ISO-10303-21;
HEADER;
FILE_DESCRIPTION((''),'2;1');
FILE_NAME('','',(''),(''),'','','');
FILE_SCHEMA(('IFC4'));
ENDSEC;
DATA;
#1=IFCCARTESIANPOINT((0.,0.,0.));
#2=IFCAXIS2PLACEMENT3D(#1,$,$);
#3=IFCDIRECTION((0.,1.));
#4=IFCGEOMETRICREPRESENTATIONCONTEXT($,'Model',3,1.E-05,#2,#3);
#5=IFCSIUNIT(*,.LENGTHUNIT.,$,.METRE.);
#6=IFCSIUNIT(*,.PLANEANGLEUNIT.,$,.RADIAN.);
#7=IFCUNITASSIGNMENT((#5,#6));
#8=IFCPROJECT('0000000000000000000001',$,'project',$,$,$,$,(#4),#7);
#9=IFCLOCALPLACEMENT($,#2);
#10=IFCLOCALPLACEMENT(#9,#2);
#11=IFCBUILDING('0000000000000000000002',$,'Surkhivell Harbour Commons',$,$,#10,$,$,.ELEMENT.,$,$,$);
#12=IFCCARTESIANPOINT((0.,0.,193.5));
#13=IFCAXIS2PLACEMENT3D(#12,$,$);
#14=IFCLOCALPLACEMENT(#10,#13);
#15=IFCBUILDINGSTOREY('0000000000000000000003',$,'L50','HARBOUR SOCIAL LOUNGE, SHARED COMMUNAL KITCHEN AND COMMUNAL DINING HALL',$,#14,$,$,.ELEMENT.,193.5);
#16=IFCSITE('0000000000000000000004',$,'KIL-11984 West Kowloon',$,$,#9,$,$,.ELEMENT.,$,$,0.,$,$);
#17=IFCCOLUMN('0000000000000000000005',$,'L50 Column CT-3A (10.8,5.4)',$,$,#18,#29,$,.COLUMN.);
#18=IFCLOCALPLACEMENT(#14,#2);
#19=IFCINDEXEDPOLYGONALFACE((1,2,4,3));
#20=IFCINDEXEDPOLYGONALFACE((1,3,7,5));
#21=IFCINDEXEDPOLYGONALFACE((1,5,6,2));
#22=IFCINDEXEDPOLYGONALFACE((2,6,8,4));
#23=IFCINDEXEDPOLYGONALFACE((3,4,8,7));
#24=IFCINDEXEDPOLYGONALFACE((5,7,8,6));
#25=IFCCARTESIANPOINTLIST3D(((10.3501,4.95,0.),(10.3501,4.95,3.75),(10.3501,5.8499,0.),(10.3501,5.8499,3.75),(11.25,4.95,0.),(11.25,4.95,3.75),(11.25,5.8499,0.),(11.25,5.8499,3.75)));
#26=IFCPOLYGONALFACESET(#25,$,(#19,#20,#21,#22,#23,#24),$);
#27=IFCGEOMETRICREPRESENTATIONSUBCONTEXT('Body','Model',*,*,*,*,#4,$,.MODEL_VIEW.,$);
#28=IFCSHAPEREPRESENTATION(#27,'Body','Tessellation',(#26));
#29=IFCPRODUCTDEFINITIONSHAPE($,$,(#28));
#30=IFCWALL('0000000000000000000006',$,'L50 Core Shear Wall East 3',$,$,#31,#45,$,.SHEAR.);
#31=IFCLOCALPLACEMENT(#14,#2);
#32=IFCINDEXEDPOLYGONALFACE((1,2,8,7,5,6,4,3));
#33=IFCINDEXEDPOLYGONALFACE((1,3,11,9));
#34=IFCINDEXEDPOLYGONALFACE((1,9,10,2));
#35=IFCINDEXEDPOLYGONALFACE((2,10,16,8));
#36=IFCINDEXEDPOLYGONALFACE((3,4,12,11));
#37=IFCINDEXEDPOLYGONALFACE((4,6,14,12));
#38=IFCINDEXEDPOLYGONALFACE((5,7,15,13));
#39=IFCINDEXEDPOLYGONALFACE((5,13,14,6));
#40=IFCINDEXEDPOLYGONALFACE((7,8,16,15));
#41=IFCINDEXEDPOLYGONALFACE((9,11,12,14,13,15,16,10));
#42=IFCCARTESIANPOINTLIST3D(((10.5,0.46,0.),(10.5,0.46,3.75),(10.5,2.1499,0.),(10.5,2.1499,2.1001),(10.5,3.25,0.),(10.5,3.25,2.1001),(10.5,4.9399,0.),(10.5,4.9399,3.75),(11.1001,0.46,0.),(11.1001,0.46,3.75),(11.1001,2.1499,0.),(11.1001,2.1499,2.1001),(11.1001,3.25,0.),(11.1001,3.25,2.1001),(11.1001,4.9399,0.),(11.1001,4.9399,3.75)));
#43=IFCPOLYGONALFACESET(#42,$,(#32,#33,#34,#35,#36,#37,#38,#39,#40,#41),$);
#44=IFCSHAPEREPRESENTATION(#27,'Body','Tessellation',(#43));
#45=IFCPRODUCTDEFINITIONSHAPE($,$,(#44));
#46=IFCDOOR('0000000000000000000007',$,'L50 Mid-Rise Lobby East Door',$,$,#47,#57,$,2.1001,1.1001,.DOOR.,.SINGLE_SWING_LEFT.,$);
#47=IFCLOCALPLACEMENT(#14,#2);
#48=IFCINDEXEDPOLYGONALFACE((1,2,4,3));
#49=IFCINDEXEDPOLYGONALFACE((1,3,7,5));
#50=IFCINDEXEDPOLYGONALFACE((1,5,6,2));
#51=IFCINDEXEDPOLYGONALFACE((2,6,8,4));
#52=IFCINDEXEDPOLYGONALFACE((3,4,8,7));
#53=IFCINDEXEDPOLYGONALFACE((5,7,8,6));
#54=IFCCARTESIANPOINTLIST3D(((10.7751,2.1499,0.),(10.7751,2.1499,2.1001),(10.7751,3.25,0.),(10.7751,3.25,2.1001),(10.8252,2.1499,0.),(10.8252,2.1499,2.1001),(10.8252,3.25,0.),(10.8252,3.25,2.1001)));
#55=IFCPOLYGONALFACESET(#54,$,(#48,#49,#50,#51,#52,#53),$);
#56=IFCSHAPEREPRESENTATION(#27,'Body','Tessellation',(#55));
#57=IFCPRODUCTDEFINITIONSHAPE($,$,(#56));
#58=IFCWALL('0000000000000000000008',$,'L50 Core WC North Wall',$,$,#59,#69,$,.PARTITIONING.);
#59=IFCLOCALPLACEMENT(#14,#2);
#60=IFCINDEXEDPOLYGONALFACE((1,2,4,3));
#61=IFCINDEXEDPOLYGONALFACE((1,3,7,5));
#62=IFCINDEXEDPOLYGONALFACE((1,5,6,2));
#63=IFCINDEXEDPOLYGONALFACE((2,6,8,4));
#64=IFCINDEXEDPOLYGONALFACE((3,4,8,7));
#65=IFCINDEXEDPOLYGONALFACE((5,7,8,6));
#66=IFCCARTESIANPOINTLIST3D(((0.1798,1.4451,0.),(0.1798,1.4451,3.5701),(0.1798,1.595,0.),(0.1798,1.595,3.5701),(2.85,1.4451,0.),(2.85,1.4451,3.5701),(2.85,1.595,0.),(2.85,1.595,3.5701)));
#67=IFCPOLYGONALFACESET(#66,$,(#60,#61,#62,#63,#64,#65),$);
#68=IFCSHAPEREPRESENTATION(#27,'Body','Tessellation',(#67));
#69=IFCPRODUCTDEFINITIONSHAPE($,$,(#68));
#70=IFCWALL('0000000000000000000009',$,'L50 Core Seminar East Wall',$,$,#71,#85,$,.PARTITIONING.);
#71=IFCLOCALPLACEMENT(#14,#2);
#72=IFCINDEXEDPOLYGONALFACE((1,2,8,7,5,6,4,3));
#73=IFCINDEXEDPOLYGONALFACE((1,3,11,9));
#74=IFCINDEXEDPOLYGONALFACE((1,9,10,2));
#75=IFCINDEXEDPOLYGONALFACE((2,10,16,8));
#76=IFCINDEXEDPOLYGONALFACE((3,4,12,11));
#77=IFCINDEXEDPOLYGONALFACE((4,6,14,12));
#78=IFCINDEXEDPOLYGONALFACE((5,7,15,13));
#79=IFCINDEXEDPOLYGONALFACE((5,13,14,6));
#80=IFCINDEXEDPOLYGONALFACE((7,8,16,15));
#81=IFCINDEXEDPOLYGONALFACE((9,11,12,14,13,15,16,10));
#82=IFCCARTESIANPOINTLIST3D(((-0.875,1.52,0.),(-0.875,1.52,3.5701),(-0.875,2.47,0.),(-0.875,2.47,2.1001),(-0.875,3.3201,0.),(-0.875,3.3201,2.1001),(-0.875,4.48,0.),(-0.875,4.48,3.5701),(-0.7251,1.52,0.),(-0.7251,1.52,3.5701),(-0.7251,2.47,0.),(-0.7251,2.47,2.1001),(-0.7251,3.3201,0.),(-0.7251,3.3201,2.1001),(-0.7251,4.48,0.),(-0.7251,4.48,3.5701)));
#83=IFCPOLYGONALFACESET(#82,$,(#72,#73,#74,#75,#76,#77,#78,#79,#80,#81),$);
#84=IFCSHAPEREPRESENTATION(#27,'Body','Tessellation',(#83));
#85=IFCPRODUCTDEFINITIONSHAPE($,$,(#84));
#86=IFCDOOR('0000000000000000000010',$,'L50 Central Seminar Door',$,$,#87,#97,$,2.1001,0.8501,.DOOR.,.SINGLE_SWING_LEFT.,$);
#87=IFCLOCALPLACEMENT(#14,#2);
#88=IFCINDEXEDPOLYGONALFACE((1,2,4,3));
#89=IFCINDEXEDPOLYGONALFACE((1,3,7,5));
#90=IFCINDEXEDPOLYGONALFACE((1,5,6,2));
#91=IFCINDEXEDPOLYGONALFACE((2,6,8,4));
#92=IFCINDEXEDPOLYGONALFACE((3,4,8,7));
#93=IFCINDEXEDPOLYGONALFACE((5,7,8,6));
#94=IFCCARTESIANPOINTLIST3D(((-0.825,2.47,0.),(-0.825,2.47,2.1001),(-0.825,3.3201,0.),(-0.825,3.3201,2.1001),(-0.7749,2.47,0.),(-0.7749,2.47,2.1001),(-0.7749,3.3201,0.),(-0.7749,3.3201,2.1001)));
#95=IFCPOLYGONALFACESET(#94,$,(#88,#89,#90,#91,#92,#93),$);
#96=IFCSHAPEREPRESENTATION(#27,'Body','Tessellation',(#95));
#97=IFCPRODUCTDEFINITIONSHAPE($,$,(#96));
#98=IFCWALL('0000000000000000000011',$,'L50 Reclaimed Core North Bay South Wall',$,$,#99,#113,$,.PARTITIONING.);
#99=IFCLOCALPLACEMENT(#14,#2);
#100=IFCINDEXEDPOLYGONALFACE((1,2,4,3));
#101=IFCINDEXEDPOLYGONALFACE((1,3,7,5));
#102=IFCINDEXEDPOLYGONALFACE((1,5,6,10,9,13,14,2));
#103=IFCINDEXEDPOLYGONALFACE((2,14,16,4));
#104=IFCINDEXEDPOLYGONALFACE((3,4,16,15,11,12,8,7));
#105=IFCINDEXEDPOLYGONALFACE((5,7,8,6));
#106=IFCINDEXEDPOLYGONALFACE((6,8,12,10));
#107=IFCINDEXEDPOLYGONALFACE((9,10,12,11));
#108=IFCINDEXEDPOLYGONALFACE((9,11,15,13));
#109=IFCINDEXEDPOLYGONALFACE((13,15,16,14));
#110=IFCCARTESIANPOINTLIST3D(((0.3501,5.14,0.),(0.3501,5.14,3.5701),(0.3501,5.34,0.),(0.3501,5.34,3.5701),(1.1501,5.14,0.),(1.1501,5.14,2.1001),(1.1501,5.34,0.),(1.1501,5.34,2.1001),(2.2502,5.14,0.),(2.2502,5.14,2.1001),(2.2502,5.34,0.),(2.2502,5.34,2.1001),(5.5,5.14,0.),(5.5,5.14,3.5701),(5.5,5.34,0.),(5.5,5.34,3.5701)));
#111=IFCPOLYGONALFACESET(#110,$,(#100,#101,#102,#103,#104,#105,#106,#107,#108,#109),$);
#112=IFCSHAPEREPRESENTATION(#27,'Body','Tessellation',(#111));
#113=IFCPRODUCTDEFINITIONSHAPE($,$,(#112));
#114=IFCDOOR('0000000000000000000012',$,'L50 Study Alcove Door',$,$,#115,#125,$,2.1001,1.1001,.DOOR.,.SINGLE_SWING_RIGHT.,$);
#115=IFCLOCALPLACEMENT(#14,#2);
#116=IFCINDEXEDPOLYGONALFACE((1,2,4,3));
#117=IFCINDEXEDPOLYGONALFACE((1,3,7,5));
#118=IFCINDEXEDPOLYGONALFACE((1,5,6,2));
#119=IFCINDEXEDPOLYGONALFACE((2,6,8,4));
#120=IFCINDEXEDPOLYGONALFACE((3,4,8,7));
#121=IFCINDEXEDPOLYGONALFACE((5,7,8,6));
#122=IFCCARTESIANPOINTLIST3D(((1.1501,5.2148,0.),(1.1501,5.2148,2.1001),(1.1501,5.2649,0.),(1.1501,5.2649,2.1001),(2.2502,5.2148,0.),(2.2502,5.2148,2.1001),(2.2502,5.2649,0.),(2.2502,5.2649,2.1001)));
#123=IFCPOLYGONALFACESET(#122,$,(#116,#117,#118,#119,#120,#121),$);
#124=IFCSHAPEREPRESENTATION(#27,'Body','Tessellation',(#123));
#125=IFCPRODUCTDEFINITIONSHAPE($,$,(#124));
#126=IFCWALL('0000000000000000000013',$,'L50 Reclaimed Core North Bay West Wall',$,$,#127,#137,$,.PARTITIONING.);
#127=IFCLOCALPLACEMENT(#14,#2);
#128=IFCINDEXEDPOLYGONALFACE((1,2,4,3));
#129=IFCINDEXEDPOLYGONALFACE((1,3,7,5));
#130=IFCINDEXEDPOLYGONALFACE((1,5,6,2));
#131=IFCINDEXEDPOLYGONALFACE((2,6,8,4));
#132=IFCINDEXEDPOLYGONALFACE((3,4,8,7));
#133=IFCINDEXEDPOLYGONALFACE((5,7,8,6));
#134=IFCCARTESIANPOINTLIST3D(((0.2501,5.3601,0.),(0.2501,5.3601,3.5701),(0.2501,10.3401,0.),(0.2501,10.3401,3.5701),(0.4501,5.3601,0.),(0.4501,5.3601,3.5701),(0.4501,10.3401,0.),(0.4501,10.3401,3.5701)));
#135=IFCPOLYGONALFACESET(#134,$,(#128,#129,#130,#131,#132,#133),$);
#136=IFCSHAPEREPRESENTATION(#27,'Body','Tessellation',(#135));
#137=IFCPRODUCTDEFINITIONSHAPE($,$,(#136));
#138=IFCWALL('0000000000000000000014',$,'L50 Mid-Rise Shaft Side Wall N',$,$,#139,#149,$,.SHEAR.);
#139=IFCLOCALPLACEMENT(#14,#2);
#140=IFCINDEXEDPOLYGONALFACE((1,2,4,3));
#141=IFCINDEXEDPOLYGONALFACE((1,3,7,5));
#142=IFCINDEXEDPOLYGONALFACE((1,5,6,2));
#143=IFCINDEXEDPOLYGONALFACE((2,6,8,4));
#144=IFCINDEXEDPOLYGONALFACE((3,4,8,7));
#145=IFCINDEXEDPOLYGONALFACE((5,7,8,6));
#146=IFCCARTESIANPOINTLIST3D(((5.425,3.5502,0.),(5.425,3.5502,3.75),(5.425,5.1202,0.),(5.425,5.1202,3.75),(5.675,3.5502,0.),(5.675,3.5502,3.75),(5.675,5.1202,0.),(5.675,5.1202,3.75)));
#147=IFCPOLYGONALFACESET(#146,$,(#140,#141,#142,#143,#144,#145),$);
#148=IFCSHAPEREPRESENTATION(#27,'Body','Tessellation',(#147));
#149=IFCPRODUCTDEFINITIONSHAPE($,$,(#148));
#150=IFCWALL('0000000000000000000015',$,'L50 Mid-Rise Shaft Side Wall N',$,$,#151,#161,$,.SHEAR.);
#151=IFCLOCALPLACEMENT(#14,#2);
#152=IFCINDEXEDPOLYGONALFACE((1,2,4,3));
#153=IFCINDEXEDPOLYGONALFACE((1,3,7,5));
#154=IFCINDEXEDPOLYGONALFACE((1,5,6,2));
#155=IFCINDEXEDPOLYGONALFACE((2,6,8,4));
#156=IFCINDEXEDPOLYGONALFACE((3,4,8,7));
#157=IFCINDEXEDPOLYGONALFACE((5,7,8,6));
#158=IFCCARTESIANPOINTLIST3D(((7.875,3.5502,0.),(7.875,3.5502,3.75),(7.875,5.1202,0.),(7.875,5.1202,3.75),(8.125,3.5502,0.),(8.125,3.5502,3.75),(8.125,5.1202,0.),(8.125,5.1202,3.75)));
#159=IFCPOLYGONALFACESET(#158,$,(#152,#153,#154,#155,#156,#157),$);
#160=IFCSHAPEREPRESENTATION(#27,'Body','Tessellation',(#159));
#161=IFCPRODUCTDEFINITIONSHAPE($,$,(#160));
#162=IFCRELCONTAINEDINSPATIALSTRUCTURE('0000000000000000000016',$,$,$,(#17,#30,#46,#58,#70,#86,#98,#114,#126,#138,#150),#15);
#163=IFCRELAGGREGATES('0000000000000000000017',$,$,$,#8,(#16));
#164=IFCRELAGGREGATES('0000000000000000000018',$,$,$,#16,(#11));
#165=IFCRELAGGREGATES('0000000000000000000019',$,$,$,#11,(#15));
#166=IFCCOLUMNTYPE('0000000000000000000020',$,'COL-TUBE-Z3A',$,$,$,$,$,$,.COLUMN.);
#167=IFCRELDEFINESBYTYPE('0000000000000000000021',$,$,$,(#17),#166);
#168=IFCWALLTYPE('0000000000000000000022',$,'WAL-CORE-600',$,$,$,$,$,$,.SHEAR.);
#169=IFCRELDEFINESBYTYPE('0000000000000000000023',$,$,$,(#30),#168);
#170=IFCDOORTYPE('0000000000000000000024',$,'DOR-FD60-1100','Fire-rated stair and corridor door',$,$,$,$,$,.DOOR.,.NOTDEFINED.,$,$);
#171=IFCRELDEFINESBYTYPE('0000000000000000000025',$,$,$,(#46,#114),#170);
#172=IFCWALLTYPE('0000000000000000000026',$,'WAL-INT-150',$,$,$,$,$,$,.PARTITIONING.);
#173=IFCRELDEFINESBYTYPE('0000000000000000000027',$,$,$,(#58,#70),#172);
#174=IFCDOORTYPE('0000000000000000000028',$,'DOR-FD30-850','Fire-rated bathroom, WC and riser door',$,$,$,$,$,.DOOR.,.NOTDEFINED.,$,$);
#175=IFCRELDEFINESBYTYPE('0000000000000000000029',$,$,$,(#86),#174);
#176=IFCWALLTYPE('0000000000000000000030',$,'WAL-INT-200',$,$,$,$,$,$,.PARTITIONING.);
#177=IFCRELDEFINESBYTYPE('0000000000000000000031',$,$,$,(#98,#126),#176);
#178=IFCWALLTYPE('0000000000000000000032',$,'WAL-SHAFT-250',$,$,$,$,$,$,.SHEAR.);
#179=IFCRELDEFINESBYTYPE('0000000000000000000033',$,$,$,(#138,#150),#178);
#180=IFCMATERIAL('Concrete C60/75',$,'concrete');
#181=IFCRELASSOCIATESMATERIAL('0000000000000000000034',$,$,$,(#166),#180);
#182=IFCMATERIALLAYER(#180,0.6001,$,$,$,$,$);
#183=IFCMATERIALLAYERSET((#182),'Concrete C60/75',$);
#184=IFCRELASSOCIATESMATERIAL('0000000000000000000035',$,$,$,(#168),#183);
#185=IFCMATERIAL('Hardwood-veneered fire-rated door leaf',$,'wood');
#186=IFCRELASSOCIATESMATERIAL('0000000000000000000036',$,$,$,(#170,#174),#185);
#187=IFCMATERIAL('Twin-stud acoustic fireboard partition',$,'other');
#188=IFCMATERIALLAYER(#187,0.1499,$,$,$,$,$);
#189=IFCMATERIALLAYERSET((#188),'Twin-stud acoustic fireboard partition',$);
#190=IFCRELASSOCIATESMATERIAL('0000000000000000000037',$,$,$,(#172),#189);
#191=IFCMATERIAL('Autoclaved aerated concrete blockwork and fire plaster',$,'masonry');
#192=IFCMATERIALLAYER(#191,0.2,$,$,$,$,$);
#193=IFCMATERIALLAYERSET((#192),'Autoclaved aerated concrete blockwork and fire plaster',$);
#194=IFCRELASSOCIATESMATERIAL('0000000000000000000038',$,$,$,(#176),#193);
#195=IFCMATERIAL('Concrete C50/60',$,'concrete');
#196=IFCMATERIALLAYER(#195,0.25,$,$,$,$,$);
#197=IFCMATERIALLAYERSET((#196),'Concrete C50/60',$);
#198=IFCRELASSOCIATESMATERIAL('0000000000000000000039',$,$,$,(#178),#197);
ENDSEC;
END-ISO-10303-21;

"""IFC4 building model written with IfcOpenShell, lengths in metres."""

from ifc_helpers import new_model, si_unit, direction, frame, frame_2d, origin, origin_2d, place, context, subcontext, project, spatial, rectangle, extrude, material, layer, layer_set, material_profile, profile_set, type_object, element, fill, save


model = new_model("IFC4")

# Units and contexts
model_context = context("Model", 3, precision=1e-05, world=origin(), true_north=direction((0.0, 1.0)))
body_context = subcontext(model_context, "Body", "Model", "MODEL_VIEW")
ifc_project = project(units=[si_unit("LENGTHUNIT", "METRE"), si_unit("PLANEANGLEUNIT", "RADIAN")], contexts=[model_context])

# Site, building, storey
site_placement = place(None, origin())
site = spatial("IfcSite", under=ifc_project, at=site_placement, Name="KIL-11984 West Kowloon", CompositionType="ELEMENT", RefElevation=0.0)
building_placement = place(site_placement, origin())
building = spatial("IfcBuilding", under=site, at=building_placement, Name="Surkhivell Harbour Commons", CompositionType="ELEMENT")
storey_placement = place(building_placement, frame((0.0, 0.0, 193.5)))
storey = spatial("IfcBuildingStorey", under=building, at=storey_placement, Name="L50", Description="HARBOUR SOCIAL LOUNGE, SHARED COMMUNAL KITCHEN AND COMMUNAL DINING HALL", CompositionType="ELEMENT", Elevation=193.5)

# Column
ifc_material_1 = material(Name="Concrete C60/75", Category="concrete")
ifc_material_profile = material_profile(ifc_material_1, rectangle(XDim=0.8999, YDim=0.8999, at=origin_2d()), Name="RC-COL-900x900")
ifc_profile_set = profile_set([ifc_material_profile], Name="Concrete C60/75")
column_type = type_object("IfcColumnType", Name="COL-TUBE-Z3A", PredefinedType="COLUMN", material=ifc_profile_set)
column_placement = place(storey_placement, frame((10.8, 5.3999, 0.0), z_axis=(0.0, 0.0, 1.0), x_axis=(1.0, 0.0, 0.0)))
element("IfcColumn", 1, at=column_placement, inside=storey, type_object=column_type, Name="L50 Column CT-3A (10.8,5.4)", PredefinedType="COLUMN", context=body_context, shape_type="SweptSolid", body=[
    extrude(rectangle(XDim=0.8999, YDim=0.8999, at=origin_2d()), origin(), (0.0, 0.0, 1.0), 3.75),
])

# Wall, opening, door
ifc_layer_1 = layer(ifc_material_1, 0.6001)
ifc_layer_set_1 = layer_set([ifc_layer_1], Name="Concrete C60/75")
wall_type_1 = type_object("IfcWallType", Name="WAL-CORE-600", PredefinedType="SHEAR", material=ifc_layer_set_1)
wall_1_placement = place(storey_placement, frame((10.8, 0.46, 0.0), z_axis=(0.0, 0.0, 1.0), x_axis=(0.0, 1.0, 0.0)))
wall_1 = element("IfcWall", 2, at=wall_1_placement, inside=storey, type_object=wall_type_1, Name="L50 Core Shear Wall East 3", PredefinedType="SHEAR", context=body_context, shape_type="SweptSolid", body=[
    extrude(rectangle(XDim=4.48, YDim=0.6001, at=frame_2d((2.24, 0.0))), origin(), (0.0, 0.0, 1.0), 3.75),
])
opening_1_placement = place(wall_1_placement, frame((1.6899, 0.0, 0.0)))
opening_1 = element("IfcOpeningElement", 3, at=opening_1_placement, cuts=wall_1, PredefinedType="OPENING", context=body_context, shape_type="SweptSolid", body=[
    extrude(rectangle(XDim=1.1001, YDim=2.1001, at=frame_2d((0.55, 1.05))), frame((0.0, 0.3101, 0.0), z_axis=(0.0, -1.0, 0.0), x_axis=(1.0, 0.0, 0.0)), (0.0, 0.0, 1.0), 0.6201),
])
ifc_material_2 = material(Name="Hardwood-veneered fire-rated door leaf", Category="wood")
door_type_1 = type_object("IfcDoorType", Name="DOR-FD60-1100", Description="Fire-rated stair and corridor door", OperationType="NOTDEFINED", PredefinedType="DOOR", material=ifc_material_2)
door_1_placement = place(opening_1_placement, origin())
door_1 = element("IfcDoor", 4, at=door_1_placement, inside=storey, type_object=door_type_1, Name="L50 Mid-Rise Lobby East Door", OperationType="SINGLE_SWING_LEFT", OverallHeight=2.1001, OverallWidth=1.1001, PredefinedType="DOOR", context=body_context, shape_type="SweptSolid", body=[
    extrude(rectangle(XDim=1.1001, YDim=2.1001, at=frame_2d((0.55, 1.05))), frame((0.0, 0.0249, 0.0), z_axis=(0.0, -1.0, 0.0), x_axis=(1.0, 0.0, 0.0)), (0.0, 0.0, 1.0), 0.05),
])
fill(opening_1, door_1)

# Wall
ifc_material_3 = material(Name="Twin-stud acoustic fireboard partition", Category="other")
ifc_layer_2 = layer(ifc_material_3, 0.1499)
ifc_layer_set_2 = layer_set([ifc_layer_2], Name="Twin-stud acoustic fireboard partition")
wall_type_2 = type_object("IfcWallType", Name="WAL-INT-150", PredefinedType="PARTITIONING", material=ifc_layer_set_2)
wall_2_placement = place(storey_placement, frame((0.1799, 1.52, 0.0), z_axis=(0.0, 0.0, 1.0), x_axis=(1.0, 0.0, 0.0)))
element("IfcWall", 5, at=wall_2_placement, inside=storey, type_object=wall_type_2, Name="L50 Core WC North Wall", PredefinedType="PARTITIONING", context=body_context, shape_type="SweptSolid", body=[
    extrude(rectangle(XDim=2.6702, YDim=0.1499, at=frame_2d((1.335, 0.0))), origin(), (0.0, 0.0, 1.0), 3.5701),
])

# Walls, openings, doors
wall_3_placement = place(storey_placement, frame((-0.8, 1.52, 0.0), z_axis=(0.0, 0.0, 1.0), x_axis=(0.0, 1.0, 0.0)))
wall_3 = element("IfcWall", 6, at=wall_3_placement, inside=storey, type_object=wall_type_2, Name="L50 Core Seminar East Wall", PredefinedType="PARTITIONING", context=body_context, shape_type="SweptSolid", body=[
    extrude(rectangle(XDim=2.96, YDim=0.1499, at=frame_2d((1.48, 0.0))), origin(), (0.0, 0.0, 1.0), 3.5701),
])
opening_2_placement = place(wall_3_placement, frame((0.95, 0.0, 0.0)))
opening_2 = element("IfcOpeningElement", 7, at=opening_2_placement, cuts=wall_3, PredefinedType="OPENING", context=body_context, shape_type="SweptSolid", body=[
    extrude(rectangle(XDim=0.8501, YDim=2.1001, at=frame_2d((0.425, 1.05))), frame((0.0, 0.085, 0.0), z_axis=(0.0, -1.0, 0.0), x_axis=(1.0, 0.0, 0.0)), (0.0, 0.0, 1.0), 0.1699),
])
door_type_2 = type_object("IfcDoorType", Name="DOR-FD30-850", Description="Fire-rated bathroom, WC and riser door", OperationType="NOTDEFINED", PredefinedType="DOOR", material=ifc_material_2)
door_2_placement = place(opening_2_placement, origin())
door_2 = element("IfcDoor", 8, at=door_2_placement, inside=storey, type_object=door_type_2, Name="L50 Central Seminar Door", OperationType="SINGLE_SWING_LEFT", OverallHeight=2.1001, OverallWidth=0.8501, PredefinedType="DOOR", context=body_context, shape_type="SweptSolid", body=[
    extrude(rectangle(XDim=0.8501, YDim=2.1001, at=frame_2d((0.425, 1.05))), frame((0.0, 0.0249, 0.0), z_axis=(0.0, -1.0, 0.0), x_axis=(1.0, 0.0, 0.0)), (0.0, 0.0, 1.0), 0.05),
])
fill(opening_2, door_2)
ifc_material_4 = material(Name="Autoclaved aerated concrete blockwork and fire plaster", Category="masonry")
ifc_layer_3 = layer(ifc_material_4, 0.2)
ifc_layer_set_3 = layer_set([ifc_layer_3], Name="Autoclaved aerated concrete blockwork and fire plaster")
wall_type_3 = type_object("IfcWallType", Name="WAL-INT-200", PredefinedType="PARTITIONING", material=ifc_layer_set_3)
wall_4_placement = place(storey_placement, frame((0.3501, 5.24, 0.0), z_axis=(0.0, 0.0, 1.0), x_axis=(1.0, 0.0, 0.0)))
wall_4 = element("IfcWall", 9, at=wall_4_placement, inside=storey, type_object=wall_type_3, Name="L50 Reclaimed Core North Bay South Wall", PredefinedType="PARTITIONING", context=body_context, shape_type="SweptSolid", body=[
    extrude(rectangle(XDim=5.1499, YDim=0.2, at=frame_2d((2.575, 0.0))), origin(), (0.0, 0.0, 1.0), 3.5701),
])
opening_3_placement = place(wall_4_placement, frame((0.8, 0.0, 0.0)))
opening_3 = element("IfcOpeningElement", 10, at=opening_3_placement, cuts=wall_4, PredefinedType="OPENING", context=body_context, shape_type="SweptSolid", body=[
    extrude(rectangle(XDim=1.1001, YDim=2.1001, at=frame_2d((0.55, 1.05))), frame((0.0, 0.1099, 0.0), z_axis=(0.0, -1.0, 0.0), x_axis=(1.0, 0.0, 0.0)), (0.0, 0.0, 1.0), 0.22),
])
door_3_placement = place(opening_3_placement, origin())
door_3 = element("IfcDoor", 11, at=door_3_placement, inside=storey, type_object=door_type_1, Name="L50 Study Alcove Door", OperationType="SINGLE_SWING_RIGHT", OverallHeight=2.1001, OverallWidth=1.1001, PredefinedType="DOOR", context=body_context, shape_type="SweptSolid", body=[
    extrude(rectangle(XDim=1.1001, YDim=2.1001, at=frame_2d((0.55, 1.05))), frame((0.0, 0.0249, 0.0), z_axis=(0.0, -1.0, 0.0), x_axis=(1.0, 0.0, 0.0)), (0.0, 0.0, 1.0), 0.05),
])
fill(opening_3, door_3)

# Walls
wall_5_placement = place(storey_placement, frame((0.3501, 5.3601, 0.0), z_axis=(0.0, 0.0, 1.0), x_axis=(0.0, 1.0, 0.0)))
element("IfcWall", 12, at=wall_5_placement, inside=storey, type_object=wall_type_3, Name="L50 Reclaimed Core North Bay West Wall", PredefinedType="PARTITIONING", context=body_context, shape_type="SweptSolid", body=[
    extrude(rectangle(XDim=4.98, YDim=0.2, at=frame_2d((2.49, 0.0))), origin(), (0.0, 0.0, 1.0), 3.5701),
])
ifc_material_5 = material(Name="Concrete C50/60", Category="concrete")
ifc_layer_4 = layer(ifc_material_5, 0.25)
ifc_layer_set_4 = layer_set([ifc_layer_4], Name="Concrete C50/60")
wall_type_4 = type_object("IfcWallType", Name="WAL-SHAFT-250", PredefinedType="SHEAR", material=ifc_layer_set_4)
for number, where, z_axis, x_axis, name in (
    (13, (5.55, 3.55, 0.0), (0.0, 0.0, 1.0), (0.0, 1.0, 0.0), "L50 Mid-Rise Shaft Side Wall N"),
    (14, (8.0, 3.55, 0.0), (0.0, 0.0, 1.0), (0.0, 1.0, 0.0), "L50 Mid-Rise Shaft Side Wall N"),
):
    element("IfcWall", number, at=place(storey_placement, frame(where, z_axis=z_axis, x_axis=x_axis)), inside=storey, type_object=wall_type_4, Name=name, PredefinedType="SHEAR", context=body_context, shape_type="SweptSolid", body=[
        extrude(rectangle(XDim=1.5701, YDim=0.25, at=frame_2d((0.7852, 0.0))), origin(), (0.0, 0.0, 1.0), 3.75),
    ])

save(model, "model.ifc")
